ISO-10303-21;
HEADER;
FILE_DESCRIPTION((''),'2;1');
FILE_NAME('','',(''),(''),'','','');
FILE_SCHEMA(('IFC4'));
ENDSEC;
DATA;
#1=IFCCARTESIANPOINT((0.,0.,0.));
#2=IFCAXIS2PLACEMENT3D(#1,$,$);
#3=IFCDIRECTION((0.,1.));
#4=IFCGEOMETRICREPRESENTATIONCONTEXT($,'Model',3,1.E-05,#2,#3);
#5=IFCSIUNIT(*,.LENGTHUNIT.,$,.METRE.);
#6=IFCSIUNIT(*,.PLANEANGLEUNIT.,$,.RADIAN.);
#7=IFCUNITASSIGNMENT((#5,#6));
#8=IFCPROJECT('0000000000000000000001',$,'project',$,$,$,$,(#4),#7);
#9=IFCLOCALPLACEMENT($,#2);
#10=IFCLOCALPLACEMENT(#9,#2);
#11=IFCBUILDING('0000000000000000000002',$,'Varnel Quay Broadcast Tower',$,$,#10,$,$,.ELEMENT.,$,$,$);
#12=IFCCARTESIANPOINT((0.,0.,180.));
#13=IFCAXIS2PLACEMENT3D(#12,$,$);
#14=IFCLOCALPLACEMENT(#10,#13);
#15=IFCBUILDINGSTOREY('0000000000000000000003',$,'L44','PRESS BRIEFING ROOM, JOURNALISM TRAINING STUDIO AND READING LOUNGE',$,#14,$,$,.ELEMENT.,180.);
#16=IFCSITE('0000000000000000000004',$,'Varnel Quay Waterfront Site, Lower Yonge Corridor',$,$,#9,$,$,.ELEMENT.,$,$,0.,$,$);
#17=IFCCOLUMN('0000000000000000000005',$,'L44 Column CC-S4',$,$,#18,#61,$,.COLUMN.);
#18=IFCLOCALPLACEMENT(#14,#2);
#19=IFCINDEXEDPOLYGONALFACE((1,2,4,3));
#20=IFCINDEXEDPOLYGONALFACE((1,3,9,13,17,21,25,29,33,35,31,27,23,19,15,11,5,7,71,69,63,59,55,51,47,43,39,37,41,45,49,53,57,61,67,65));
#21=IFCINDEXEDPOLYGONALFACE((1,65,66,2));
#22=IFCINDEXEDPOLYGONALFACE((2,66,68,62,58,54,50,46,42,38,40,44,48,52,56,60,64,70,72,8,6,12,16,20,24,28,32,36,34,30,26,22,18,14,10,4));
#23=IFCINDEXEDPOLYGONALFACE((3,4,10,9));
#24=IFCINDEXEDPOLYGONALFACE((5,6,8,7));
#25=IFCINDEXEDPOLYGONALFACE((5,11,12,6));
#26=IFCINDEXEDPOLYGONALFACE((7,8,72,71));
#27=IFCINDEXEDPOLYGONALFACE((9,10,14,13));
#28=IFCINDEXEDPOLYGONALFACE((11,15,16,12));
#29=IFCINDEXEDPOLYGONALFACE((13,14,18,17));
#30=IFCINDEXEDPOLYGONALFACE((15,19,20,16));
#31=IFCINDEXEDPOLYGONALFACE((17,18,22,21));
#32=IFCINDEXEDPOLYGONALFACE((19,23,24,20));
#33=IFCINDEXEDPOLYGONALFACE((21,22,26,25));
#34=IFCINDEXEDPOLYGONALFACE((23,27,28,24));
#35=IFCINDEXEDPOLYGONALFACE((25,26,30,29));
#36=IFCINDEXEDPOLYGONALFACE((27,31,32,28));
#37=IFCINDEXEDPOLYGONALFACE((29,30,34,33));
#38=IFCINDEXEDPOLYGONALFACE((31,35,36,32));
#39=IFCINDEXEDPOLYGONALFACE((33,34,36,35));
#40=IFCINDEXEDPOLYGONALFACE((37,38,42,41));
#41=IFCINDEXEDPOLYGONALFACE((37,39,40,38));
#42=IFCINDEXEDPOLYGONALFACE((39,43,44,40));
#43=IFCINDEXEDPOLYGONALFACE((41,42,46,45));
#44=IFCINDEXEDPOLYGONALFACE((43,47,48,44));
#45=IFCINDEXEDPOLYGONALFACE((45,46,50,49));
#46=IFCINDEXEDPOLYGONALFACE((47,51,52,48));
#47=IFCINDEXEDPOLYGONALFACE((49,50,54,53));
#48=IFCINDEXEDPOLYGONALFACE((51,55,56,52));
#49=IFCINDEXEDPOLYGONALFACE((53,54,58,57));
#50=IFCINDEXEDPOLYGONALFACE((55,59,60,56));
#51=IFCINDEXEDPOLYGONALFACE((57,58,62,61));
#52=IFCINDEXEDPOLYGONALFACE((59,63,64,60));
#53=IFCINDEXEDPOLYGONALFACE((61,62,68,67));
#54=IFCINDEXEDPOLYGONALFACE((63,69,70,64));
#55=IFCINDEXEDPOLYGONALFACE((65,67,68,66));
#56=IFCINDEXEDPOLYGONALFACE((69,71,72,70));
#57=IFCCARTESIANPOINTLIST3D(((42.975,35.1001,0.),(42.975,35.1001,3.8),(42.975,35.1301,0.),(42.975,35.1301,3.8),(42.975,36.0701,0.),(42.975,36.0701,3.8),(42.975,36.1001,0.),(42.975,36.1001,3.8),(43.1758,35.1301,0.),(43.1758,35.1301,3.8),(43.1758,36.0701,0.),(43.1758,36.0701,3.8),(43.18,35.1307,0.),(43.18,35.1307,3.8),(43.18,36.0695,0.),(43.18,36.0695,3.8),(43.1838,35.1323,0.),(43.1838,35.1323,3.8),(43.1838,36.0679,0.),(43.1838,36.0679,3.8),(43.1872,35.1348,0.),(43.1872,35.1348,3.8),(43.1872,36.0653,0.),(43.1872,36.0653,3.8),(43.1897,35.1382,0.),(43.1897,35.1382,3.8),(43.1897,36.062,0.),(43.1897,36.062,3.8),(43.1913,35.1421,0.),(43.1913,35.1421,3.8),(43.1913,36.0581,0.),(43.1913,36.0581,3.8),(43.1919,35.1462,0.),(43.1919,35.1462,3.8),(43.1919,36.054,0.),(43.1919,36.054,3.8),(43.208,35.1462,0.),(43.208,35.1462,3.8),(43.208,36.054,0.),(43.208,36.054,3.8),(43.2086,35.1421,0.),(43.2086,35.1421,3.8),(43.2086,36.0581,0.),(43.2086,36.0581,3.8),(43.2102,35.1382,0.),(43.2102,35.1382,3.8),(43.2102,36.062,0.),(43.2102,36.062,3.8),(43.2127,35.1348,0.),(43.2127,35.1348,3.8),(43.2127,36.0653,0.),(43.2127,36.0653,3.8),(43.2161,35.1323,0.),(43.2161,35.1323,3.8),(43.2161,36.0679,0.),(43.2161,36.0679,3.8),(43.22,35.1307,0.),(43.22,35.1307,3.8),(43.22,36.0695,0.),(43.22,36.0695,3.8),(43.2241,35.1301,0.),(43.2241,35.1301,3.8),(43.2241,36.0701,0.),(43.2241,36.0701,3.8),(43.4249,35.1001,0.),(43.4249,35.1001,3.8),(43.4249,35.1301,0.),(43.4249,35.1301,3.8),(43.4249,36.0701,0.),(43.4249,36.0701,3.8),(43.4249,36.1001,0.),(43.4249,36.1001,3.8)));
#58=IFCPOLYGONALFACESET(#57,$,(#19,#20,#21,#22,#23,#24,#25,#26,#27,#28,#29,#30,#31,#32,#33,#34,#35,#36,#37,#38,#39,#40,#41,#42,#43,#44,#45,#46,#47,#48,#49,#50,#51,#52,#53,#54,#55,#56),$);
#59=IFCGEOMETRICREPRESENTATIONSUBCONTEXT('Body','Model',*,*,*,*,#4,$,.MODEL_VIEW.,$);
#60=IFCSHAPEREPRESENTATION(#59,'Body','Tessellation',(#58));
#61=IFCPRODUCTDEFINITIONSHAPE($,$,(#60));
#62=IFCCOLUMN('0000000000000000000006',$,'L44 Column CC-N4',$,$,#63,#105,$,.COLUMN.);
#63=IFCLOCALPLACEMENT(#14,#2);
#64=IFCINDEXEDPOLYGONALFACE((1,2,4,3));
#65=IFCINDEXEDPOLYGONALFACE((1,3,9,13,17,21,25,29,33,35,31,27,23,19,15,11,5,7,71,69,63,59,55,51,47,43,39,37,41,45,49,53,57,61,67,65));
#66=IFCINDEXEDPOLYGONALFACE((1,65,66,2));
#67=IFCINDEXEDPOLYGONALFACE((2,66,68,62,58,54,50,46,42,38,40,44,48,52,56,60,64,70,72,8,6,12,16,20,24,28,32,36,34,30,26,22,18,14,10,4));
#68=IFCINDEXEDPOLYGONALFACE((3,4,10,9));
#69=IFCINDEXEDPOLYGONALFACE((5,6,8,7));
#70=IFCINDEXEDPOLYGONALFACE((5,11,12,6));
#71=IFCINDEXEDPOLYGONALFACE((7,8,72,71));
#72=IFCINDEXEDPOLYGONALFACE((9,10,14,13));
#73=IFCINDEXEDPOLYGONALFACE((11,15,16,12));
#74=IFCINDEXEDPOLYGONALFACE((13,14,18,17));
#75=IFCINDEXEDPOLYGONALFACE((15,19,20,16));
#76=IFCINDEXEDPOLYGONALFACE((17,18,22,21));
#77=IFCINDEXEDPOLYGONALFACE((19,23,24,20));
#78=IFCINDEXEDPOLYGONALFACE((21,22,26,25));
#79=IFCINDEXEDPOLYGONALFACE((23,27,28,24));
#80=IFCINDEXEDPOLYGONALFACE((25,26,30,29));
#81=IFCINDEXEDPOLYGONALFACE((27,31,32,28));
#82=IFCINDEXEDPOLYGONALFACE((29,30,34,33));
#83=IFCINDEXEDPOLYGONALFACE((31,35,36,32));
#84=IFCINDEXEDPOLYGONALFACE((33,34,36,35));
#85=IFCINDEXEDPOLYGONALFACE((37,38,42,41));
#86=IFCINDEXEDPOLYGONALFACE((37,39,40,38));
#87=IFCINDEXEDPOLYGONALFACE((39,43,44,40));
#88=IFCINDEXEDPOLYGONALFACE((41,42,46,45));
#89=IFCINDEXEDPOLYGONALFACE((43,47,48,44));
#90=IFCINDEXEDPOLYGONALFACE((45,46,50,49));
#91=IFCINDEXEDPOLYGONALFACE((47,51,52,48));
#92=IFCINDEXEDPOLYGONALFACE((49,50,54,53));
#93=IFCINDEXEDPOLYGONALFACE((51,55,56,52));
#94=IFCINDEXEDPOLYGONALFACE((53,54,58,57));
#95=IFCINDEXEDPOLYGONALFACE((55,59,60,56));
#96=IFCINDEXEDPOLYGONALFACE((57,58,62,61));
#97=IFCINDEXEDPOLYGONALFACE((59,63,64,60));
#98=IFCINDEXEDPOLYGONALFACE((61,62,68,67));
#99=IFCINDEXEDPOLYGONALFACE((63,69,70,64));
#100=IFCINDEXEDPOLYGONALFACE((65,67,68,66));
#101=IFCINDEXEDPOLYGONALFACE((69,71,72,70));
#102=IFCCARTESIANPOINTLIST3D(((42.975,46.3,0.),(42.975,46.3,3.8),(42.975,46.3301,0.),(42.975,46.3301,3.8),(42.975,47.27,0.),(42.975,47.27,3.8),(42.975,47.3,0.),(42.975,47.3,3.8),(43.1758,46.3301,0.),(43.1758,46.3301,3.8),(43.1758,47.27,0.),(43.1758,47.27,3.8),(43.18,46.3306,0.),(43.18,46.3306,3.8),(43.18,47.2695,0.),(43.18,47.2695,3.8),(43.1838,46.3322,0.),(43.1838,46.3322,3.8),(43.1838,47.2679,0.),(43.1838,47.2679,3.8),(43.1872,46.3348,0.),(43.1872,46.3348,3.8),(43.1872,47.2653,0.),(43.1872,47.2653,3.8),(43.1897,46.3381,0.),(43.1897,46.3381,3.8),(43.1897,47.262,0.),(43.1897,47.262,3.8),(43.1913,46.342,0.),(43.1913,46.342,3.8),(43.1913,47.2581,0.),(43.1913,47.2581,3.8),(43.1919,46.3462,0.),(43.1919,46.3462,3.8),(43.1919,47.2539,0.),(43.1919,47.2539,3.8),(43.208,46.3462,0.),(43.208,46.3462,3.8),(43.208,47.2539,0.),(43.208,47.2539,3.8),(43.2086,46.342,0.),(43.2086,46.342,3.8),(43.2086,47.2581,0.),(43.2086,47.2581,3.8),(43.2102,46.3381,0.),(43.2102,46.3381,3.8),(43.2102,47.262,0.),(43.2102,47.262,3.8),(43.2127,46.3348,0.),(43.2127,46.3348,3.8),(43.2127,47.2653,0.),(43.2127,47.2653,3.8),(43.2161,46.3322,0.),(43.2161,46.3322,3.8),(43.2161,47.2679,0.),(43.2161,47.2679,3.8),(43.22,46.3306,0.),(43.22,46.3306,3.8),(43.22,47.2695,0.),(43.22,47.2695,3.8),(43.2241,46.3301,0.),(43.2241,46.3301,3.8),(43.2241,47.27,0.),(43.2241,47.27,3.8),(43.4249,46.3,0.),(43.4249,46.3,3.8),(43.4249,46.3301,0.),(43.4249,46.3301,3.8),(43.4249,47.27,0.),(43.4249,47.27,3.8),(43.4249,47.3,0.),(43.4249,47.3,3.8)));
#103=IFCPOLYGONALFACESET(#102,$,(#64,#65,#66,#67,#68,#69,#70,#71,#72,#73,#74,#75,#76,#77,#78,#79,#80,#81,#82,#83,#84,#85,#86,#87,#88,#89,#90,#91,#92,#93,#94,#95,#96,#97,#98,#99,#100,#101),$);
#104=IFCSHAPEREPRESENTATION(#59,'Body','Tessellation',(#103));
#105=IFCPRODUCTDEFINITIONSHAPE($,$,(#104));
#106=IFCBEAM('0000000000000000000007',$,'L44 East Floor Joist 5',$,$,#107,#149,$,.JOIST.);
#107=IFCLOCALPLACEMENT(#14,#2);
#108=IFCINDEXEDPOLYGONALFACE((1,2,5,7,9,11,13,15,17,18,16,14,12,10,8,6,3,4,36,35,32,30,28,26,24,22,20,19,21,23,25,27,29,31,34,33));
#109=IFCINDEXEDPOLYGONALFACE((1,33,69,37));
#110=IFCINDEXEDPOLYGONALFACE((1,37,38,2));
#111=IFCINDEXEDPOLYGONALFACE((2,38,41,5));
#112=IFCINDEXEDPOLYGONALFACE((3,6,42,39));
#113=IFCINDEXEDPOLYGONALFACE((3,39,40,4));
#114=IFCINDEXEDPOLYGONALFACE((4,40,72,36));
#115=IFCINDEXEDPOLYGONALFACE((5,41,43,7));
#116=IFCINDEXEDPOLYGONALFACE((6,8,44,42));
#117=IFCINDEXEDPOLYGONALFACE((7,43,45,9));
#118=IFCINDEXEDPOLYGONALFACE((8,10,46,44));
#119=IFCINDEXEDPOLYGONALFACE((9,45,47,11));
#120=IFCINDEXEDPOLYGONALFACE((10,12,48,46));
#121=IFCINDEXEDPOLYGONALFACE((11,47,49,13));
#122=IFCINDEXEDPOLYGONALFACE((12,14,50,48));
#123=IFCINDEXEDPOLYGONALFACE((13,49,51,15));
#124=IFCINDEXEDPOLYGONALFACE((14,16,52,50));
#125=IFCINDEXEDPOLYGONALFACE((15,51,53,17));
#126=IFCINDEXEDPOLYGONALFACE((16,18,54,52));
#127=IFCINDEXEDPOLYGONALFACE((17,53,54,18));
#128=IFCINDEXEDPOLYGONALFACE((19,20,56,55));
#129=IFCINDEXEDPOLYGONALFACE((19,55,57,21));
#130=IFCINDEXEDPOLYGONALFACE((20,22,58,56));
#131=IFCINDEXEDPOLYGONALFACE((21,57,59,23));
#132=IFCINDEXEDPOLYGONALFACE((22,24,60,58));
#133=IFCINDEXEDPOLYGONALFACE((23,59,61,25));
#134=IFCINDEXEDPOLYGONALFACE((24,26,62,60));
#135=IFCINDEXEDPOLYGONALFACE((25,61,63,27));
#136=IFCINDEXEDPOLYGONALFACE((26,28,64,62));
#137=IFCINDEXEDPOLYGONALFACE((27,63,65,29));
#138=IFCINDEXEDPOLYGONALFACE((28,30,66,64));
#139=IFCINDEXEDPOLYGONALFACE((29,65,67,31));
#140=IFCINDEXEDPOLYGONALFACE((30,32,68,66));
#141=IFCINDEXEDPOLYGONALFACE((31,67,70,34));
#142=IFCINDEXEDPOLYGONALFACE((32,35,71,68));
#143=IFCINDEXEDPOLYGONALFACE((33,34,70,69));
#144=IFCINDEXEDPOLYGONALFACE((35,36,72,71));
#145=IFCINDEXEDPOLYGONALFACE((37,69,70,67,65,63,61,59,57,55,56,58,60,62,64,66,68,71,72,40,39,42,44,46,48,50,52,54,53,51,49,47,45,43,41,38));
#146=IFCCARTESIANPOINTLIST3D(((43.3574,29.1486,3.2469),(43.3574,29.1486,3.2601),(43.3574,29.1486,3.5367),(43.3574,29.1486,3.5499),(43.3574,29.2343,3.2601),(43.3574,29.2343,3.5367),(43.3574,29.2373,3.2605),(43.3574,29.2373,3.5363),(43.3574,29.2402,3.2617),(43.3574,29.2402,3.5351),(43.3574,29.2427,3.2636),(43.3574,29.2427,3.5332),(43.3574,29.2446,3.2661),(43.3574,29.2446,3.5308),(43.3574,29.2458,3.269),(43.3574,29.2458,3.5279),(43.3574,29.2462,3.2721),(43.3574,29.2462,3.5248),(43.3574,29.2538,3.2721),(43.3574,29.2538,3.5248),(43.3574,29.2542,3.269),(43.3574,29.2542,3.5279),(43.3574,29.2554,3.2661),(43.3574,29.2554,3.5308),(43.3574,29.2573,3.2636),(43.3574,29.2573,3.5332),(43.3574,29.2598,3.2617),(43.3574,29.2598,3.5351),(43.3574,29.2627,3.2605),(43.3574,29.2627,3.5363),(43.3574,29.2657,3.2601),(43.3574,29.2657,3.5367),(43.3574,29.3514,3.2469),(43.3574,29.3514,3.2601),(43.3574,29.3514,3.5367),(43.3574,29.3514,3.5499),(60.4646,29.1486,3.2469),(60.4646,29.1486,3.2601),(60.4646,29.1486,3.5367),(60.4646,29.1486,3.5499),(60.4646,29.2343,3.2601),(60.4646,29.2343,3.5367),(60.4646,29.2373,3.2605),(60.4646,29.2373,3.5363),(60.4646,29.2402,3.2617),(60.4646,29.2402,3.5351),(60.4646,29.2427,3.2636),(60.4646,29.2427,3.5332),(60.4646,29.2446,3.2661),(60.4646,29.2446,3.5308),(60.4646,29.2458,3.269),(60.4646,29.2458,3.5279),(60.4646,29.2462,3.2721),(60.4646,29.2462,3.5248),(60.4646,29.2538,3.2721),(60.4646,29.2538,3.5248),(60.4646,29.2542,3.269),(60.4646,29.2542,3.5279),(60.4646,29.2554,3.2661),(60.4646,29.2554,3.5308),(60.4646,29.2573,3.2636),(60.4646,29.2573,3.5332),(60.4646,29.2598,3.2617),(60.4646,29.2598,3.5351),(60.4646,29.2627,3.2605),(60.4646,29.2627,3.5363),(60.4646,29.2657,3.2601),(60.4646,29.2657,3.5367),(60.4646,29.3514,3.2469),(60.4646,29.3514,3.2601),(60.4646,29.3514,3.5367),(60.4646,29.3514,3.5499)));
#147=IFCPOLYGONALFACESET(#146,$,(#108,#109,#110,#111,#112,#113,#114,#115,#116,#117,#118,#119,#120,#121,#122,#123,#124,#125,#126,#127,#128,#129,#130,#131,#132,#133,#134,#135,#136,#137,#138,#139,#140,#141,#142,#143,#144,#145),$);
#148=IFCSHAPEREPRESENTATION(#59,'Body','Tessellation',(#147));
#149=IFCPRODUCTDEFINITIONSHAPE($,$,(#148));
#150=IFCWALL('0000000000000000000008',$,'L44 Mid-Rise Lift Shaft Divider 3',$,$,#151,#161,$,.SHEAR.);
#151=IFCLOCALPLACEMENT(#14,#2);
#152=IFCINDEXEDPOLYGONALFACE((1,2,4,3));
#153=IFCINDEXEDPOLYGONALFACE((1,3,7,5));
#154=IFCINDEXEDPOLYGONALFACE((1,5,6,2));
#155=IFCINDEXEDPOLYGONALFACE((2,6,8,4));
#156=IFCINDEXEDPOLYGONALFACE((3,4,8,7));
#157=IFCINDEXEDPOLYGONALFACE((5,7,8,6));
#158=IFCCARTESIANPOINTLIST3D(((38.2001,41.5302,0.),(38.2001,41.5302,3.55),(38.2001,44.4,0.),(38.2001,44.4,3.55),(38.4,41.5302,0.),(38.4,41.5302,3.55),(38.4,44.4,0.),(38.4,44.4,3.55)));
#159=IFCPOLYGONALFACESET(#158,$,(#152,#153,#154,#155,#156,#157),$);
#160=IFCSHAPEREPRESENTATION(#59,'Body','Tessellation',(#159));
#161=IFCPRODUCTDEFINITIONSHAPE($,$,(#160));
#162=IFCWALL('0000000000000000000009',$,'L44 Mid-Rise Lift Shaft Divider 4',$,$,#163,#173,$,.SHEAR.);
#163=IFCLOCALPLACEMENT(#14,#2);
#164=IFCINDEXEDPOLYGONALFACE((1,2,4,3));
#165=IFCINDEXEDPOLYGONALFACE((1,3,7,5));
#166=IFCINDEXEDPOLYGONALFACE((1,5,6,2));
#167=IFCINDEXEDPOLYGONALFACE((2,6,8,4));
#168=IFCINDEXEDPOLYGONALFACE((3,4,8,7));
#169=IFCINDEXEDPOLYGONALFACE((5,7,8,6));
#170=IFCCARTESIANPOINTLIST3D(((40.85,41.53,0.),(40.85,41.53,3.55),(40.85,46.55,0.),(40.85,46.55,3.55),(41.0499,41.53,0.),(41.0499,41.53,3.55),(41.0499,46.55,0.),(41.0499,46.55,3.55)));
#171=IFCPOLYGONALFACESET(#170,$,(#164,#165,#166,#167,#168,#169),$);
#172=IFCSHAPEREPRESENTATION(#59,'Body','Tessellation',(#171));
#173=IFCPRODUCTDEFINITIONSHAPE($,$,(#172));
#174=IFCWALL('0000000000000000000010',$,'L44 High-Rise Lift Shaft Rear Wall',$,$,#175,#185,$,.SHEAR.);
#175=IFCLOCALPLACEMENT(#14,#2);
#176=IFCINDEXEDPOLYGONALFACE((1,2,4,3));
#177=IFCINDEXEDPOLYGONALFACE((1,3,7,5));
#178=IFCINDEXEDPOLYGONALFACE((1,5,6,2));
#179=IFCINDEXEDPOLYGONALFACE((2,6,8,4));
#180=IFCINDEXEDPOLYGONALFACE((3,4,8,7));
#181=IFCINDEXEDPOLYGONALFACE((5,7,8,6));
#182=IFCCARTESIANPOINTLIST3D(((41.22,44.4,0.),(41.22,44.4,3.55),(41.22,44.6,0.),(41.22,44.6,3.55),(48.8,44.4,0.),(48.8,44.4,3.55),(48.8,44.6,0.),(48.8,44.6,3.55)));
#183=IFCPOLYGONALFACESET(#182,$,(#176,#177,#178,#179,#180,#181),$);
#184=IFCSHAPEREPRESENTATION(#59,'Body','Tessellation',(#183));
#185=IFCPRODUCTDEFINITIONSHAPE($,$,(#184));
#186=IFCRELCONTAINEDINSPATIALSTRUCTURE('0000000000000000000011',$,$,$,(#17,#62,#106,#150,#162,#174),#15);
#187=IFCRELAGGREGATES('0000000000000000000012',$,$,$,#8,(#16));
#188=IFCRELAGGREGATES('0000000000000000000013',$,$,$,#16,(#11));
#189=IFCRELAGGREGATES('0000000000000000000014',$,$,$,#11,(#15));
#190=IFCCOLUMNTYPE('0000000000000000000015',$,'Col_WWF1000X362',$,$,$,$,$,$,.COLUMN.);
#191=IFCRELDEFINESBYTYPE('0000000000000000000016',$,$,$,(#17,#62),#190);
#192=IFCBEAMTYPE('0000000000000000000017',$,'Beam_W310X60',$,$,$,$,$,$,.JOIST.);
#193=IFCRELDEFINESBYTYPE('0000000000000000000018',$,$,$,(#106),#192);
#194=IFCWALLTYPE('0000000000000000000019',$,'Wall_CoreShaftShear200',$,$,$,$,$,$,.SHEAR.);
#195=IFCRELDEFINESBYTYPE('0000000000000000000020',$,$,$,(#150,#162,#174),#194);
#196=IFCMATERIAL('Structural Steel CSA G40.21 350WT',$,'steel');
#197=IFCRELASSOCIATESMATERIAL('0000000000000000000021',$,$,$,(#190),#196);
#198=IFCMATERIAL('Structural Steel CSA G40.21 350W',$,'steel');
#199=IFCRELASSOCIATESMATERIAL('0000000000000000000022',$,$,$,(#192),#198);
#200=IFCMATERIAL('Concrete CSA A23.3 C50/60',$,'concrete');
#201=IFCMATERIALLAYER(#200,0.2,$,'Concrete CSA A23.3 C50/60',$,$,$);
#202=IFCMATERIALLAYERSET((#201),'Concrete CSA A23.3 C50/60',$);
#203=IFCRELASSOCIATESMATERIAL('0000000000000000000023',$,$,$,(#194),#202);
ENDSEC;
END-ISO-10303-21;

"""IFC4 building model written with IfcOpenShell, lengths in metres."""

from ifc_helpers import new_model, si_unit, direction, frame, frame_2d, origin, origin_2d, place, context, subcontext, project, spatial, rectangle, i_section, extrude, source, transform, mapped, material, layer, layer_set, material_profile, profile_set, type_object, type_shapes, element, save


model = new_model("IFC4")

# Units and contexts
model_context = context("Model", 3, precision=1e-05, world=origin(), true_north=direction((0.0, 1.0)))
body_context = subcontext(model_context, "Body", "Model", "MODEL_VIEW")
ifc_project = project(units=[si_unit("LENGTHUNIT", "METRE"), si_unit("PLANEANGLEUNIT", "RADIAN")], contexts=[model_context])

# Site, building, storey
site_placement = place(None, origin())
site = spatial("IfcSite", under=ifc_project, at=site_placement, Name="Varnel Quay Waterfront Site, Lower Yonge Corridor", CompositionType="ELEMENT", RefElevation=0.0)
building_placement = place(site_placement, origin())
building = spatial("IfcBuilding", under=site, at=building_placement, Name="Varnel Quay Broadcast Tower", CompositionType="ELEMENT")
storey_placement = place(building_placement, frame((0.0, 0.0, 180.0)))
storey = spatial("IfcBuildingStorey", under=building, at=storey_placement, Name="L44", Description="PRESS BRIEFING ROOM, JOURNALISM TRAINING STUDIO AND READING LOUNGE", CompositionType="ELEMENT", Elevation=180.0)

# Columns
ifc_material_1 = material(Name="Structural Steel CSA G40.21 350WT", Category="steel")
ifc_material_profile_1 = material_profile(ifc_material_1, i_section(OverallWidth=0.45, OverallDepth=1.0, WebThickness=0.0161, FlangeThickness=0.03, FilletRadius=0.0161, at=origin_2d()), Name="WWF1000X362")
ifc_profile_set_1 = profile_set([ifc_material_profile_1], Name="Structural Steel CSA G40.21 350WT")
column_type = type_object("IfcColumnType", Name="Col_WWF1000X362", PredefinedType="COLUMN", material=ifc_profile_set_1)
shared_shape_1 = source(origin(), body_context, "Body", "SweptSolid", [
    extrude(i_section(OverallWidth=0.45, OverallDepth=1.0, WebThickness=0.0161, FlangeThickness=0.03, FilletRadius=0.0161, at=origin_2d()), origin(), (0.0, 0.0, 1.0), 3.8),
])
type_shapes(column_type, [shared_shape_1])
for number, where, z_axis, x_axis, name in (
    (1, (43.2, 35.6001, 0.0), (0.0, 0.0, 1.0), (1.0, 0.0, 0.0), "L44 Column CC-S4"),
    (2, (43.2, 46.8, 0.0), (0.0, 0.0, 1.0), (1.0, 0.0, 0.0), "L44 Column CC-N4"),
):
    element("IfcColumn", number, at=place(storey_placement, frame(where, z_axis=z_axis, x_axis=x_axis)), inside=storey, type_object=column_type, Name=name, PredefinedType="COLUMN", context=body_context, shape_type="MappedRepresentation", body=[
        mapped(shared_shape_1, transform((0.0, 0.0, 0.0), x_axis=(1.0, 0.0, 0.0), y_axis=(0.0, 1.0, 0.0), z_axis=(0.0, 0.0, 1.0), scale=1.0)),
    ])

# Beam
ifc_material_2 = material(Name="Structural Steel CSA G40.21 350W", Category="steel")
ifc_material_profile_2 = material_profile(ifc_material_2, i_section(OverallWidth=0.2029, OverallDepth=0.303, WebThickness=0.0076, FlangeThickness=0.0132, FilletRadius=0.012, at=origin_2d()), Name="W310X60")
ifc_profile_set_2 = profile_set([ifc_material_profile_2], Name="Structural Steel CSA G40.21 350W")
beam_type = type_object("IfcBeamType", Name="Beam_W310X60", PredefinedType="JOIST", material=ifc_profile_set_2)
shared_shape_2 = source(origin(), body_context, "Body", "SweptSolid", [
    extrude(i_section(OverallWidth=0.2029, OverallDepth=0.303, WebThickness=0.0076, FlangeThickness=0.0132, FilletRadius=0.012, at=origin_2d()), origin(), (0.0, 0.0, 1.0), 17.1072),
])
type_shapes(beam_type, [shared_shape_2])
beam_placement = place(storey_placement, frame((43.3574, 29.25, 3.3984), z_axis=(1.0, 0.0, 0.0), x_axis=(0.0, 1.0, 0.0)))
element("IfcBeam", 3, at=beam_placement, inside=storey, type_object=beam_type, Name="L44 East Floor Joist 5", PredefinedType="JOIST", context=body_context, shape_type="MappedRepresentation", body=[
    mapped(shared_shape_2, transform((0.0, 0.0, 0.0), x_axis=(1.0, 0.0, 0.0), y_axis=(0.0, 1.0, 0.0), z_axis=(0.0, 0.0, 1.0), scale=1.0)),
])

# Walls
ifc_material_3 = material(Name="Concrete CSA A23.3 C50/60", Category="concrete")
ifc_layer_1 = layer(ifc_material_3, 0.2, Name="Concrete CSA A23.3 C50/60")
ifc_layer_set_1 = layer_set([ifc_layer_1], Name="Concrete CSA A23.3 C50/60")
wall_type_1 = type_object("IfcWallType", Name="Wall_CoreShaftShear200", PredefinedType="SHEAR", material=ifc_layer_set_1)
wall_1_placement = place(storey_placement, frame((38.3, 41.53, 0.0), z_axis=(0.0, 0.0, 1.0), x_axis=(0.0, 1.0, 0.0)))
element("IfcWall", 4, at=wall_1_placement, inside=storey, type_object=wall_type_1, Name="L44 Mid-Rise Lift Shaft Divider 3", PredefinedType="SHEAR", context=body_context, shape_type="SweptSolid", body=[
    extrude(rectangle(XDim=2.8699, YDim=0.2, at=frame_2d((1.4351, 0.0))), origin(), (0.0, 0.0, 1.0), 3.55),
])
wall_2_placement = place(storey_placement, frame((40.95, 41.53, 0.0), z_axis=(0.0, 0.0, 1.0), x_axis=(0.0, 1.0, 0.0)))
element("IfcWall", 5, at=wall_2_placement, inside=storey, type_object=wall_type_1, Name="L44 Mid-Rise Lift Shaft Divider 4", PredefinedType="SHEAR", context=body_context, shape_type="SweptSolid", body=[
    extrude(rectangle(XDim=5.02, YDim=0.2, at=frame_2d((2.51, 0.0))), origin(), (0.0, 0.0, 1.0), 3.55),
])
wall_3_placement = place(storey_placement, frame((41.22, 44.5, 0.0), z_axis=(0.0, 0.0, 1.0), x_axis=(1.0, 0.0, 0.0)))
element("IfcWall", 6, at=wall_3_placement, inside=storey, type_object=wall_type_1, Name="L44 High-Rise Lift Shaft Rear Wall", PredefinedType="SHEAR", context=body_context, shape_type="SweptSolid", body=[
    extrude(rectangle(XDim=7.5801, YDim=0.2, at=frame_2d((3.79, 0.0))), origin(), (0.0, 0.0, 1.0), 3.55),
])

save(model, "model.ifc")
